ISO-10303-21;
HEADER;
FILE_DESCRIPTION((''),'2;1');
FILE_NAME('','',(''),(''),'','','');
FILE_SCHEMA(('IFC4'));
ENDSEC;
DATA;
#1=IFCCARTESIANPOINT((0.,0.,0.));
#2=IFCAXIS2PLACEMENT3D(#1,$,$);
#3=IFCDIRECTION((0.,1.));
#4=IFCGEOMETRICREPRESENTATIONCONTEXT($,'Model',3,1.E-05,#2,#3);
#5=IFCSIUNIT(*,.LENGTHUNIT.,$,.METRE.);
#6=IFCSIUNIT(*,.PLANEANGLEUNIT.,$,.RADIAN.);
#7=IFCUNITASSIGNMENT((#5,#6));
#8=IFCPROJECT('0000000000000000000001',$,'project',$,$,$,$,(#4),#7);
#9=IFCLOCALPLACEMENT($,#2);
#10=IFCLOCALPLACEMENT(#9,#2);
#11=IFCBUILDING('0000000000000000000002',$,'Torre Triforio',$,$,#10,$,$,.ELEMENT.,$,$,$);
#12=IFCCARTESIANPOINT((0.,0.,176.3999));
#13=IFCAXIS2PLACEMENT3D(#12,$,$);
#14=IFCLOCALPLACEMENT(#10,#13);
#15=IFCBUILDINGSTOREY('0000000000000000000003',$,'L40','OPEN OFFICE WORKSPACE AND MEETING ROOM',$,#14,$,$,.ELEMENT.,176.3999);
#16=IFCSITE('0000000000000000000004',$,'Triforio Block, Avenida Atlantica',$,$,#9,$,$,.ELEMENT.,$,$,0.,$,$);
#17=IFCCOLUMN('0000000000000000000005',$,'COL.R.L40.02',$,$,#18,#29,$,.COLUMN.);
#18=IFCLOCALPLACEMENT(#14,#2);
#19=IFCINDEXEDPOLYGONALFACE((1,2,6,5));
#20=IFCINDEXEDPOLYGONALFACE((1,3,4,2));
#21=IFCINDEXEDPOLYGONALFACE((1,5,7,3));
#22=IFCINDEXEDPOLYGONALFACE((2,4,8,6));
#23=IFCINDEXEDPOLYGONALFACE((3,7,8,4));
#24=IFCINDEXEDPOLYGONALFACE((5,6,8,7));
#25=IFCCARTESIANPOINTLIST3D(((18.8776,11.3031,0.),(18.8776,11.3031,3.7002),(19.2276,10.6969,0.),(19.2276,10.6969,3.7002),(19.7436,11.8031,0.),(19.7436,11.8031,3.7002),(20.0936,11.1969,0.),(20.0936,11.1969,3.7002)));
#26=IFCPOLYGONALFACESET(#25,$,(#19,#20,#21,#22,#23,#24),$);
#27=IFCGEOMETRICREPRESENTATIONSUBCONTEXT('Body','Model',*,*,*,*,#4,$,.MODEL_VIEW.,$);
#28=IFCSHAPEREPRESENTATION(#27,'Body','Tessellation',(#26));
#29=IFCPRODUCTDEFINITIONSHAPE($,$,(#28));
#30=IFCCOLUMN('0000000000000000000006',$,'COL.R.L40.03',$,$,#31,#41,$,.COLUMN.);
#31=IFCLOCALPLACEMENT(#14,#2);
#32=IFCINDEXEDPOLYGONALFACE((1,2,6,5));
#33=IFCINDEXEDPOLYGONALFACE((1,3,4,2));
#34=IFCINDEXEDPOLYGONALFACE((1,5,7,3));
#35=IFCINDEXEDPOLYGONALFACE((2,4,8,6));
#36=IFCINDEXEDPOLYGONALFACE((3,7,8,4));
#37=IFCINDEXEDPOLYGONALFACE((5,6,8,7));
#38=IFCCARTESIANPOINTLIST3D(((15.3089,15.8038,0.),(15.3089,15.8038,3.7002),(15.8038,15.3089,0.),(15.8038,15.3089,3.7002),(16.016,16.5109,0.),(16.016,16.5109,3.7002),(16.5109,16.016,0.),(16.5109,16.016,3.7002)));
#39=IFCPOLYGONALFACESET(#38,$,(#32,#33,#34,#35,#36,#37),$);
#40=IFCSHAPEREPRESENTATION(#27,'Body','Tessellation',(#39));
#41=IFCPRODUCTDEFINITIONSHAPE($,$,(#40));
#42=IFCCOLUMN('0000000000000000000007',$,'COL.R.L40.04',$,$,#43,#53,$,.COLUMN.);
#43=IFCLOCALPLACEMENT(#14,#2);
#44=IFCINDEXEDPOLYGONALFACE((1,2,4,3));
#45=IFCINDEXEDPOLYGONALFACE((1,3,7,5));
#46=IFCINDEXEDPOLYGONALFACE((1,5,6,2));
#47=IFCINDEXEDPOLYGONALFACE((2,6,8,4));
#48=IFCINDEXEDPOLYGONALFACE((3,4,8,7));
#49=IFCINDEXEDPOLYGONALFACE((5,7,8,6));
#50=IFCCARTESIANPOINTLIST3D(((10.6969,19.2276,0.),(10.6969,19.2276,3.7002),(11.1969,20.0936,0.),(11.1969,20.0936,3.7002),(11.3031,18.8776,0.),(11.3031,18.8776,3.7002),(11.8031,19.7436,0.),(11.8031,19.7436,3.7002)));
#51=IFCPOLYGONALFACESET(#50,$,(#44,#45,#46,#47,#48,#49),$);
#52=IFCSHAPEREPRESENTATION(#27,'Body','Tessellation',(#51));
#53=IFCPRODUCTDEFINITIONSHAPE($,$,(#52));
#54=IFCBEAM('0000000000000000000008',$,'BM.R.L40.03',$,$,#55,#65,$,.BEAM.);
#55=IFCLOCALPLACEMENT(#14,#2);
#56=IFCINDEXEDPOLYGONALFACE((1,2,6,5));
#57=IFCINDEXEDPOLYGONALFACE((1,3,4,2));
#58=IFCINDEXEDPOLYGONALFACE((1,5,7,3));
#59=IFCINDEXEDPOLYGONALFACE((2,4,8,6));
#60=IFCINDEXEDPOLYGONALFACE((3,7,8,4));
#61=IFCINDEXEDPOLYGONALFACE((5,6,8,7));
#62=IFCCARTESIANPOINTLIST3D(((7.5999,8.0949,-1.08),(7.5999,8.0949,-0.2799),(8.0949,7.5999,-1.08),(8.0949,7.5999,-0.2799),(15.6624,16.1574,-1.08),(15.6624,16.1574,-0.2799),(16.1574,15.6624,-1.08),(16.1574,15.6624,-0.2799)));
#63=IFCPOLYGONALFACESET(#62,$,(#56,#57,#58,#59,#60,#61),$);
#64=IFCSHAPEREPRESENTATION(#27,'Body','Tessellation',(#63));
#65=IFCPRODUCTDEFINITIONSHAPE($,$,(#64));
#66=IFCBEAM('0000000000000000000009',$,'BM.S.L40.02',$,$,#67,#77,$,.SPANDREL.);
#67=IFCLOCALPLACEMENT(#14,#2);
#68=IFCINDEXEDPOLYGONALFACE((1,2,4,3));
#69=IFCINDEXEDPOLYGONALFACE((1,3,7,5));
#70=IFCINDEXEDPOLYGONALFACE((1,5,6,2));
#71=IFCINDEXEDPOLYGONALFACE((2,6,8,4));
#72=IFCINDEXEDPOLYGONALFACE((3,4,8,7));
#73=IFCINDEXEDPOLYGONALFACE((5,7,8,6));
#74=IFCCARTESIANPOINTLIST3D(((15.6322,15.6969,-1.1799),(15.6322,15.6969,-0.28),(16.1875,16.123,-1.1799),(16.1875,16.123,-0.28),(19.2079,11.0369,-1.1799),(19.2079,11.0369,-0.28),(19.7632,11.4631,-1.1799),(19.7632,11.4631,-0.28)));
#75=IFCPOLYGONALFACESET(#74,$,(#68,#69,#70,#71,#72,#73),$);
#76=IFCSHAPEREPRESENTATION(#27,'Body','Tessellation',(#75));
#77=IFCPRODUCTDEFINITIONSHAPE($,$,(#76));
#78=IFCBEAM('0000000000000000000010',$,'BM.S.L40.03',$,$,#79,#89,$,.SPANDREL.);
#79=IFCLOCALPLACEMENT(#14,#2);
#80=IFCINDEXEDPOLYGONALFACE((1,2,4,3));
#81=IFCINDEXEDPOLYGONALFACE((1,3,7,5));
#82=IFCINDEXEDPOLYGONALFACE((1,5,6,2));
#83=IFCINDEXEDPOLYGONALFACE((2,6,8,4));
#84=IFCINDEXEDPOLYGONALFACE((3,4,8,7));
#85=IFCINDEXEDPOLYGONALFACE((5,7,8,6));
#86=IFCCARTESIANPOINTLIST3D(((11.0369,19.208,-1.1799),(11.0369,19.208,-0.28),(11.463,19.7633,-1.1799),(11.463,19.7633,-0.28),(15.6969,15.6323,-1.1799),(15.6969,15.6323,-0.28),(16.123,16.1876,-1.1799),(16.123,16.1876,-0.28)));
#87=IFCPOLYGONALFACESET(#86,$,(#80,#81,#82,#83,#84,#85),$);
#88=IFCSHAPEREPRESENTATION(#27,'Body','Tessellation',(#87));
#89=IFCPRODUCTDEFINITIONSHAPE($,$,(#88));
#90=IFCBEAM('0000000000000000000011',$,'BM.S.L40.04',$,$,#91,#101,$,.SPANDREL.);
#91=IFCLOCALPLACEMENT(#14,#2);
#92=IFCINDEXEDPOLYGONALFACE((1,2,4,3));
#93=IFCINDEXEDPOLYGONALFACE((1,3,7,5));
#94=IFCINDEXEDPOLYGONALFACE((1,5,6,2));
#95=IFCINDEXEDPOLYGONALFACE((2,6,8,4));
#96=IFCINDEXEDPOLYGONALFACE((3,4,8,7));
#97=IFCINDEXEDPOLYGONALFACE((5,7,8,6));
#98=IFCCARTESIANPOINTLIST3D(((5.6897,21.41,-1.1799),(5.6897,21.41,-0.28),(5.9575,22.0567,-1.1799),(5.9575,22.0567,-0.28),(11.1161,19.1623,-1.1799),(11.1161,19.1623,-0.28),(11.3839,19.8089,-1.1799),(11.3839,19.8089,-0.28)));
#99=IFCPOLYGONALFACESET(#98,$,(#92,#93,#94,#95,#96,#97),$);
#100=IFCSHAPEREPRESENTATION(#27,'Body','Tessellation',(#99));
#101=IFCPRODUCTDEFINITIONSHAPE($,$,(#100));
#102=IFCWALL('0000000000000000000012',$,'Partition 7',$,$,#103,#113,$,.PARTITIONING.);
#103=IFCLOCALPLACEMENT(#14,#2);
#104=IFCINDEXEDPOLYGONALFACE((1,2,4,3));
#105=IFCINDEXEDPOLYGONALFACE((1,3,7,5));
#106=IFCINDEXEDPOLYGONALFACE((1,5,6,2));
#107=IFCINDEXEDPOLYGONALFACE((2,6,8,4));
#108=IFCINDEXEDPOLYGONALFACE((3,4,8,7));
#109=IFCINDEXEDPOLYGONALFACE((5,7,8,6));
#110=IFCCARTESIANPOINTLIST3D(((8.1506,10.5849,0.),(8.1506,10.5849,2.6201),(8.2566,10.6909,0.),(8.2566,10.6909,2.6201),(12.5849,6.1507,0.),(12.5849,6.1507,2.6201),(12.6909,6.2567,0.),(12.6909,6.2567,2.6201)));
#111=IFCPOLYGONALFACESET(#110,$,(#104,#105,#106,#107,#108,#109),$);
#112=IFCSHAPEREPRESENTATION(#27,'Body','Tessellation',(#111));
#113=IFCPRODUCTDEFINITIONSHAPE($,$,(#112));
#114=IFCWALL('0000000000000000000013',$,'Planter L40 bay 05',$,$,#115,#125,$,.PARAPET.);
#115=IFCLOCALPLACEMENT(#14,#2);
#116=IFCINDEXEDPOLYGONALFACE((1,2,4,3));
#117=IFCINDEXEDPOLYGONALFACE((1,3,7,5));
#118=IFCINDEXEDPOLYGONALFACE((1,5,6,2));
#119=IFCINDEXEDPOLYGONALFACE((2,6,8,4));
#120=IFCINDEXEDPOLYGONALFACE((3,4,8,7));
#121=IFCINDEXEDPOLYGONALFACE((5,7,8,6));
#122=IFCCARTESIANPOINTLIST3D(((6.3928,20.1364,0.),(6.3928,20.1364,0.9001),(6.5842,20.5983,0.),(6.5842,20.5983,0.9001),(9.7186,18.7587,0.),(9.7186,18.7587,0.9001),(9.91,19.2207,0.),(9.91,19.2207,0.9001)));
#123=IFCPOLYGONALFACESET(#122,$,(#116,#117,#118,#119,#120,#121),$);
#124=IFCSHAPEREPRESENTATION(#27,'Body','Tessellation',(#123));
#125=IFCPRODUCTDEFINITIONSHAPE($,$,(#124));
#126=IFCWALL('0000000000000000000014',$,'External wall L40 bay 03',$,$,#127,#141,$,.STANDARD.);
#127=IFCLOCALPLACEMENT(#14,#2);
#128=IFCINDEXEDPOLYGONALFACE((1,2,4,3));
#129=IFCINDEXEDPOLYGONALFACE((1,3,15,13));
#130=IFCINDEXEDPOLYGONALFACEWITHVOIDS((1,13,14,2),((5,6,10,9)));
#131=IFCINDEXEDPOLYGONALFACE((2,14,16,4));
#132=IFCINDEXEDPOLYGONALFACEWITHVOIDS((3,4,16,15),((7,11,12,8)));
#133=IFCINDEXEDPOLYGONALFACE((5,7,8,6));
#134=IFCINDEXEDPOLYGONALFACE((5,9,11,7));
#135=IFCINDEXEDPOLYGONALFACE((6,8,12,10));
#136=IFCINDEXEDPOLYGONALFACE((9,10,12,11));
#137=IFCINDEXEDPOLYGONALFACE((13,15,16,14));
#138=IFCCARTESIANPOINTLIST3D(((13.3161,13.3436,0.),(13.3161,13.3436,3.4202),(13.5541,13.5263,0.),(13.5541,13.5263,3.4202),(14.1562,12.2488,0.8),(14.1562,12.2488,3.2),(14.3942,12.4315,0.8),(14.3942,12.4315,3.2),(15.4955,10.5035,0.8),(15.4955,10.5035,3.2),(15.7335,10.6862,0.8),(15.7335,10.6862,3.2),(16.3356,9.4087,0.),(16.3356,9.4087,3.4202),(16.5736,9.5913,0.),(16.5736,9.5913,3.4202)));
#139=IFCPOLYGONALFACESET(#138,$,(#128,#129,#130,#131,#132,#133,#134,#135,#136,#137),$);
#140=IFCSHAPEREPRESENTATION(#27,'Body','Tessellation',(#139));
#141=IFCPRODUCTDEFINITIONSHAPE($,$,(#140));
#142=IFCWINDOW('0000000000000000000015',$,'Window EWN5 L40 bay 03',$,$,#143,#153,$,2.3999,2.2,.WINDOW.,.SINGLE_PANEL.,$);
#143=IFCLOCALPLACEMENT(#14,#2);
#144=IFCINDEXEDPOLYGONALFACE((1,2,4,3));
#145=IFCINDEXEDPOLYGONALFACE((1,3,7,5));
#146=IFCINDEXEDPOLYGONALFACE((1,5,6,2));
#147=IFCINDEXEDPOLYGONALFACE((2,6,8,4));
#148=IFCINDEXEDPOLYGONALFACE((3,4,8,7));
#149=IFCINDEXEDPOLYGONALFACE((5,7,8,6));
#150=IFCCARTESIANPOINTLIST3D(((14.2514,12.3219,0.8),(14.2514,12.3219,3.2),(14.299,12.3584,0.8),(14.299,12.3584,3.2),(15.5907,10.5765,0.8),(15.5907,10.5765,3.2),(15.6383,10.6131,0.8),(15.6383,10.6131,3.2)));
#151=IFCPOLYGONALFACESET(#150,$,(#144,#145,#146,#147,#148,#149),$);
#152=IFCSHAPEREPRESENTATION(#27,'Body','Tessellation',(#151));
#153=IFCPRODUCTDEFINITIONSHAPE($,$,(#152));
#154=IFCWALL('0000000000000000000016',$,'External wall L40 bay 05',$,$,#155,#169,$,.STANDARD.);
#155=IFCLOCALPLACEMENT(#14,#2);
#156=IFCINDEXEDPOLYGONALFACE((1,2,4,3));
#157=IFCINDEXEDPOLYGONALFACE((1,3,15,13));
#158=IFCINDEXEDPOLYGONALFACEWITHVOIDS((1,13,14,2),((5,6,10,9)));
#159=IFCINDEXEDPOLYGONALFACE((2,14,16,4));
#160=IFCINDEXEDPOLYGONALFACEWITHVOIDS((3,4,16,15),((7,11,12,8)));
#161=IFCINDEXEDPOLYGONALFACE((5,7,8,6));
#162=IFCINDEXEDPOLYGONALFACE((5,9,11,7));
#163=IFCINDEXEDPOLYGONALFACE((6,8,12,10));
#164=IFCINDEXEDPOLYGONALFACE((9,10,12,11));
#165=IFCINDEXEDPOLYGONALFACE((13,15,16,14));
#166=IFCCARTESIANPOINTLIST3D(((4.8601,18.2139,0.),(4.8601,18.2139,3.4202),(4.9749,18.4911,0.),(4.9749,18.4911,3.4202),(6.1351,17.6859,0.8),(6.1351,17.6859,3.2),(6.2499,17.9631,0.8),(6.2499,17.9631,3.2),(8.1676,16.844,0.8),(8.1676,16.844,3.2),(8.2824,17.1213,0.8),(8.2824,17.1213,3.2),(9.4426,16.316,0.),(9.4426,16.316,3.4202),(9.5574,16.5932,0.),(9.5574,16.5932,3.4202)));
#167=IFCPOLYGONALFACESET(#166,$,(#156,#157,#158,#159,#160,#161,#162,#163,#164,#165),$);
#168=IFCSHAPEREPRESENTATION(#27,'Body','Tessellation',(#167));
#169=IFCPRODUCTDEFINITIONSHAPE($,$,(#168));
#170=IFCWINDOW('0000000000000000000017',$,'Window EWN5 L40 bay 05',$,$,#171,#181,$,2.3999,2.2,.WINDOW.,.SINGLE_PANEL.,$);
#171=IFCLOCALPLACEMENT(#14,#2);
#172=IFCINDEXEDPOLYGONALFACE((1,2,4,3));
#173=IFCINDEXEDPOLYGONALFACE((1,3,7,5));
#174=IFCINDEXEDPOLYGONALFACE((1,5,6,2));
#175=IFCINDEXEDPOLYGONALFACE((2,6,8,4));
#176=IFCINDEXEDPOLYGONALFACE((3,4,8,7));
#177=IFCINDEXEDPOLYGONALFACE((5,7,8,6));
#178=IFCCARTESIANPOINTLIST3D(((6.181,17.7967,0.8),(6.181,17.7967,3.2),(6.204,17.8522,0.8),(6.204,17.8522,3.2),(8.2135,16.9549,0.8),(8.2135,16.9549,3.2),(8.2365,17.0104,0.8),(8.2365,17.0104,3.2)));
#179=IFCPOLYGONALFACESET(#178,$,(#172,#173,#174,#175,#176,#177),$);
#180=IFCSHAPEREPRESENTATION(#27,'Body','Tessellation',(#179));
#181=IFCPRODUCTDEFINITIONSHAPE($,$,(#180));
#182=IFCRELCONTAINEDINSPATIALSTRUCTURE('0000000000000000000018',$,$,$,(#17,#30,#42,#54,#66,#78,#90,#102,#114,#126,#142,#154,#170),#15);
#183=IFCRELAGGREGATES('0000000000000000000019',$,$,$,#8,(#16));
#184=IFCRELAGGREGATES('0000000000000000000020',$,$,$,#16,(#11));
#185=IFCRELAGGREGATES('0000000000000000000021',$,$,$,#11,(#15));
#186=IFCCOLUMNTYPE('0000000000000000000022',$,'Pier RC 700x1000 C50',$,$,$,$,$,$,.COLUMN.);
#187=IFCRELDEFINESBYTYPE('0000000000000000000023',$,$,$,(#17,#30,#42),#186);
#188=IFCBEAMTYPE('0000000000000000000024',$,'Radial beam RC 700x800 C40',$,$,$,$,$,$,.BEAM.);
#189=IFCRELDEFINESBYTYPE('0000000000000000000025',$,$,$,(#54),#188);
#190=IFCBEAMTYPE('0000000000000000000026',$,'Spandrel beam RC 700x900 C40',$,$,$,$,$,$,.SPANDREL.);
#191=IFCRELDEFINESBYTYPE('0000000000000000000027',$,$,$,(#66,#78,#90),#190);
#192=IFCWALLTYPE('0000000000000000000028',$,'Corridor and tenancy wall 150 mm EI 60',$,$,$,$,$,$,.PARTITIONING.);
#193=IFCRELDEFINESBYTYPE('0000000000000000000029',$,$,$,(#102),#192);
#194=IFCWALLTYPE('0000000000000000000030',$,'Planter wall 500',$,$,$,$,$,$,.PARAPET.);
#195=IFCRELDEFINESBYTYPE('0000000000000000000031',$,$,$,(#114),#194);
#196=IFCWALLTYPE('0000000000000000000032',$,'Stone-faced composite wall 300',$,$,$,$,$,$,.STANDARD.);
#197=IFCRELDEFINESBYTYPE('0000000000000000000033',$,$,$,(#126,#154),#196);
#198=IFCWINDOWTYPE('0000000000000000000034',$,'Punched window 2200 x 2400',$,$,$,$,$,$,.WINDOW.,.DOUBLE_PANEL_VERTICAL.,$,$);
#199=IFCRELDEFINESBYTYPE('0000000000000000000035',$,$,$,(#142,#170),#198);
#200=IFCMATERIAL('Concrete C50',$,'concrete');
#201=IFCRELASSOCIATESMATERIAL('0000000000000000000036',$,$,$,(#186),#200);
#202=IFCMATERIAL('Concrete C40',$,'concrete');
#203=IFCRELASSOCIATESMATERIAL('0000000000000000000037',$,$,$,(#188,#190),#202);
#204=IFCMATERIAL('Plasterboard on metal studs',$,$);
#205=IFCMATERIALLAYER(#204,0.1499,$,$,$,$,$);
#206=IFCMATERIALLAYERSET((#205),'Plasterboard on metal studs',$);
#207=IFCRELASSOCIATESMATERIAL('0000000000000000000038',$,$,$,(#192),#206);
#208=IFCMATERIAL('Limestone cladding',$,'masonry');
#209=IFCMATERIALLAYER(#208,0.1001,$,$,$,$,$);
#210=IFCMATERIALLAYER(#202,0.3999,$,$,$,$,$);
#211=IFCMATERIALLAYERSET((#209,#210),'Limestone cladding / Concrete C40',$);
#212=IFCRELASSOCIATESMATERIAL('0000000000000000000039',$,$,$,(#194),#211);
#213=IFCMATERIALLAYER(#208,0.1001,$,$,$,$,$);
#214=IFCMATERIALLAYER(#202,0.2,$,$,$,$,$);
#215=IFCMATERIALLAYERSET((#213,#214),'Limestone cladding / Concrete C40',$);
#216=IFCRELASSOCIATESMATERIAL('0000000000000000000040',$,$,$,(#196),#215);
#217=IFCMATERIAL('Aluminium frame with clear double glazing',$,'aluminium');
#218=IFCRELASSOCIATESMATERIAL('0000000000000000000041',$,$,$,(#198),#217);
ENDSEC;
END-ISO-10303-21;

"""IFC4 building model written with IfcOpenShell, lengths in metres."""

from ifc_helpers import new_model, si_unit, direction, frame, frame_2d, origin, origin_2d, place, context, subcontext, project, spatial, rectangle, extrude, material, layer, layer_set, material_profile, profile_set, type_object, element, fill, save


model = new_model("IFC4")

# Units and contexts
model_context = context("Model", 3, precision=1e-05, world=origin(), true_north=direction((0.0, 1.0)))
body_context = subcontext(model_context, "Body", "Model", "MODEL_VIEW")
ifc_project = project(units=[si_unit("LENGTHUNIT", "METRE"), si_unit("PLANEANGLEUNIT", "RADIAN")], contexts=[model_context])

# Site, building, storey
site_placement = place(None, origin())
site = spatial("IfcSite", under=ifc_project, at=site_placement, Name="Triforio Block, Avenida Atlantica", CompositionType="ELEMENT", RefElevation=0.0)
building_placement = place(site_placement, origin())
building = spatial("IfcBuilding", under=site, at=building_placement, Name="Torre Triforio", CompositionType="ELEMENT")
storey_placement = place(building_placement, frame((0.0, 0.0, 176.3999)))
storey = spatial("IfcBuildingStorey", under=building, at=storey_placement, Name="L40", Description="OPEN OFFICE WORKSPACE AND MEETING ROOM", CompositionType="ELEMENT", Elevation=176.3999)

# Columns
ifc_material_1 = material(Name="Concrete C50", Category="concrete")
ifc_material_profile_1 = material_profile(ifc_material_1, rectangle(XDim=0.7, YDim=1.0, at=origin_2d()), Name="RC 700x1000")
ifc_profile_set_1 = profile_set([ifc_material_profile_1], Name="Concrete C50")
column_type = type_object("IfcColumnType", Name="Pier RC 700x1000 C50", PredefinedType="COLUMN", material=ifc_profile_set_1)
for number, where, z_axis, x_axis, name in (
    (1, (19.4856, 11.25, 0.0), (0.0, 0.0, 1.0), (-0.5, 0.866025, 0.0), "COL.R.L40.02"),
    (2, (15.9099, 15.9099, 0.0), (0.0, 0.0, 1.0), (-0.707107, 0.707107, 0.0), "COL.R.L40.03"),
    (3, (11.25, 19.4856, 0.0), (0.0, 0.0, 1.0), (-0.866025, 0.5, 0.0), "COL.R.L40.04"),
):
    element("IfcColumn", number, at=place(storey_placement, frame(where, z_axis=z_axis, x_axis=x_axis)), inside=storey, type_object=column_type, Name=name, PredefinedType="COLUMN", context=body_context, shape_type="SweptSolid", body=[
        extrude(rectangle(XDim=0.7, YDim=1.0, at=origin_2d()), origin(), (0.0, 0.0, 1.0), 3.7002),
    ])

# Beams
ifc_material_2 = material(Name="Concrete C40", Category="concrete")
ifc_material_profile_2 = material_profile(ifc_material_2, rectangle(XDim=0.7, YDim=0.8, at=origin_2d()), Name="RC 700x800")
ifc_profile_set_2 = profile_set([ifc_material_profile_2], Name="Concrete C40")
beam_type_1 = type_object("IfcBeamType", Name="Radial beam RC 700x800 C40", PredefinedType="BEAM", material=ifc_profile_set_2)
beam_1_placement = place(storey_placement, frame((7.8474, 7.8474, -0.6799), z_axis=(0.707107, 0.707107, 0.0), x_axis=(-0.707107, 0.707107, 0.0)))
element("IfcBeam", 4, at=beam_1_placement, inside=storey, type_object=beam_type_1, Name="BM.R.L40.03", PredefinedType="BEAM", context=body_context, shape_type="SweptSolid", body=[
    extrude(rectangle(XDim=0.7, YDim=0.8, at=origin_2d()), origin(), (0.0, 0.0, 1.0), 11.4021),
])
ifc_material_profile_3 = material_profile(ifc_material_2, rectangle(XDim=0.7, YDim=0.8999, at=origin_2d()), Name="RC 700x900")
ifc_profile_set_3 = profile_set([ifc_material_profile_3], Name="Concrete C40")
beam_type_2 = type_object("IfcBeamType", Name="Spandrel beam RC 700x900 C40", PredefinedType="SPANDREL", material=ifc_profile_set_3)
for number, where, z_axis, x_axis, name in (
    (5, (19.4856, 11.25, -0.73), (-0.608762, 0.793353, 0.0), (-0.793353, -0.608762, 0.0), "BM.S.L40.02"),
    (6, (15.9099, 15.9099, -0.73), (-0.793353, 0.608762, 0.0), (-0.608762, -0.793353, 0.0), "BM.S.L40.03"),
):
    element("IfcBeam", number, at=place(storey_placement, frame(where, z_axis=z_axis, x_axis=x_axis)), inside=storey, type_object=beam_type_2, Name=name, PredefinedType="SPANDREL", context=body_context, shape_type="SweptSolid", body=[
        extrude(rectangle(XDim=0.7, YDim=0.8999, at=origin_2d()), origin(), (0.0, 0.0, 1.0), 5.8738),
    ])
beam_2_placement = place(storey_placement, frame((11.25, 19.4856, -0.73), z_axis=(-0.923875, 0.382693, 0.0), x_axis=(-0.382693, -0.923875, 0.0)))
element("IfcBeam", 7, at=beam_2_placement, inside=storey, type_object=beam_type_2, Name="BM.S.L40.04", PredefinedType="SPANDREL", context=body_context, shape_type="SweptSolid", body=[
    extrude(rectangle(XDim=0.7, YDim=0.8999, at=origin_2d()), origin(), (0.0, 0.0, 1.0), 5.8735),
])

# Walls
ifc_material_3 = material(Name="Plasterboard on metal studs")
ifc_layer_1 = layer(ifc_material_3, 0.1499)
ifc_layer_set_1 = layer_set([ifc_layer_1], Name="Plasterboard on metal studs")
wall_type_1 = type_object("IfcWallType", Name="Corridor and tenancy wall 150 mm EI 60", PredefinedType="PARTITIONING", material=ifc_layer_set_1)
wall_1_placement = place(storey_placement, frame((8.2036, 10.6379, 0.0), z_axis=(0.0, 0.0, 1.0), x_axis=(0.707107, -0.707107, 0.0)))
element("IfcWall", 8, at=wall_1_placement, inside=storey, type_object=wall_type_1, Name="Partition 7", PredefinedType="PARTITIONING", context=body_context, shape_type="SweptSolid", body=[
    extrude(rectangle(XDim=6.271, YDim=0.1499, at=frame_2d((3.1355, 0.0))), origin(), (0.0, 0.0, 1.0), 2.6201),
])
ifc_material_4 = material(Name="Limestone cladding", Category="masonry")
ifc_layer_2 = layer(ifc_material_4, 0.1001)
ifc_layer_3 = layer(ifc_material_2, 0.3999)
ifc_layer_set_2 = layer_set([ifc_layer_2, ifc_layer_3], Name="Limestone cladding / Concrete C40")
wall_type_2 = type_object("IfcWallType", Name="Planter wall 500", PredefinedType="PARAPET", material=ifc_layer_set_2)
wall_2_placement = place(storey_placement, frame((9.8142, 18.9897, 0.0), z_axis=(0.0, 0.0, 1.0), x_axis=(-0.923875, 0.382693, 0.0)))
element("IfcWall", 9, at=wall_2_placement, inside=storey, type_object=wall_type_2, Name="Planter L40 bay 05", PredefinedType="PARAPET", context=body_context, shape_type="SweptSolid", body=[
    extrude(rectangle(XDim=3.5999, YDim=0.5, at=frame_2d((1.7998, 0.0))), origin(), (0.0, 0.0, 1.0), 0.9001),
])

# Wall, opening, window
ifc_layer_4 = layer(ifc_material_4, 0.1001)
ifc_layer_5 = layer(ifc_material_2, 0.2)
ifc_layer_set_3 = layer_set([ifc_layer_4, ifc_layer_5], Name="Limestone cladding / Concrete C40")
wall_type_3 = type_object("IfcWallType", Name="Stone-faced composite wall 300", PredefinedType="STANDARD", material=ifc_layer_set_3)
wall_3_placement = place(storey_placement, frame((16.4546, 9.5, 0.0), z_axis=(0.0, 0.0, 1.0), x_axis=(-0.608768, 0.793348, 0.0)))
wall_3 = element("IfcWall", 10, at=wall_3_placement, inside=storey, type_object=wall_type_3, Name="External wall L40 bay 03", PredefinedType="STANDARD", context=body_context, shape_type="SweptSolid", body=[
    extrude(rectangle(XDim=4.96, YDim=0.3, at=frame_2d((2.48, 0.0))), origin(), (0.0, 0.0, 1.0), 3.4202),
])
opening_1_placement = place(wall_3_placement, frame((1.3799, 0.0, 0.8)))
opening_1 = element("IfcOpeningElement", 11, at=opening_1_placement, cuts=wall_3, PredefinedType="OPENING", context=body_context, shape_type="SweptSolid", body=[
    extrude(rectangle(XDim=2.2, YDim=2.3999, at=frame_2d((1.1001, 1.2))), frame((0.0, 0.1599, 0.0), z_axis=(0.0, -1.0, 0.0), x_axis=(1.0, 0.0, 0.0)), (0.0, 0.0, 1.0), 0.3201),
])
ifc_material_5 = material(Name="Aluminium frame with clear double glazing", Category="aluminium")
window_type_1 = type_object("IfcWindowType", Name="Punched window 2200 x 2400", PartitioningType="DOUBLE_PANEL_VERTICAL", PredefinedType="WINDOW", material=ifc_material_5)
window_1_placement = place(opening_1_placement, origin())
window_1 = element("IfcWindow", 12, at=window_1_placement, inside=storey, type_object=window_type_1, Name="Window EWN5 L40 bay 03", OverallHeight=2.3999, OverallWidth=2.2, PartitioningType="SINGLE_PANEL", PredefinedType="WINDOW", context=body_context, shape_type="SweptSolid", body=[
    extrude(rectangle(XDim=2.2, YDim=2.3999, at=frame_2d((1.1001, 1.2))), frame((0.0, 0.03, 0.0), z_axis=(0.0, -1.0, 0.0), x_axis=(1.0, 0.0, 0.0)), (0.0, 0.0, 1.0), 0.0601),
])
fill(opening_1, window_1)

# Wall, opening, window
wall_4_placement = place(storey_placement, frame((9.5, 16.4546, 0.0), z_axis=(0.0, 0.0, 1.0), x_axis=(-0.923893, 0.38265, 0.0)))
wall_4 = element("IfcWall", 13, at=wall_4_placement, inside=storey, type_object=wall_type_3, Name="External wall L40 bay 05", PredefinedType="STANDARD", context=body_context, shape_type="SweptSolid", body=[
    extrude(rectangle(XDim=4.96, YDim=0.3, at=frame_2d((2.48, 0.0))), origin(), (0.0, 0.0, 1.0), 3.4202),
])
opening_2_placement = place(wall_4_placement, frame((1.3799, 0.0, 0.8)))
opening_2 = element("IfcOpeningElement", 14, at=opening_2_placement, cuts=wall_4, PredefinedType="OPENING", context=body_context, shape_type="SweptSolid", body=[
    extrude(rectangle(XDim=2.2, YDim=2.3999, at=frame_2d((1.1001, 1.2))), frame((0.0, 0.1599, 0.0), z_axis=(0.0, -1.0, 0.0), x_axis=(1.0, 0.0, 0.0)), (0.0, 0.0, 1.0), 0.3201),
])
window_2_placement = place(opening_2_placement, origin())
window_2 = element("IfcWindow", 15, at=window_2_placement, inside=storey, type_object=window_type_1, Name="Window EWN5 L40 bay 05", OverallHeight=2.3999, OverallWidth=2.2, PartitioningType="SINGLE_PANEL", PredefinedType="WINDOW", context=body_context, shape_type="SweptSolid", body=[
    extrude(rectangle(XDim=2.2, YDim=2.3999, at=frame_2d((1.1001, 1.2))), frame((0.0, 0.03, 0.0), z_axis=(0.0, -1.0, 0.0), x_axis=(1.0, 0.0, 0.0)), (0.0, 0.0, 1.0), 0.0601),
])
fill(opening_2, window_2)

save(model, "model.ifc")
